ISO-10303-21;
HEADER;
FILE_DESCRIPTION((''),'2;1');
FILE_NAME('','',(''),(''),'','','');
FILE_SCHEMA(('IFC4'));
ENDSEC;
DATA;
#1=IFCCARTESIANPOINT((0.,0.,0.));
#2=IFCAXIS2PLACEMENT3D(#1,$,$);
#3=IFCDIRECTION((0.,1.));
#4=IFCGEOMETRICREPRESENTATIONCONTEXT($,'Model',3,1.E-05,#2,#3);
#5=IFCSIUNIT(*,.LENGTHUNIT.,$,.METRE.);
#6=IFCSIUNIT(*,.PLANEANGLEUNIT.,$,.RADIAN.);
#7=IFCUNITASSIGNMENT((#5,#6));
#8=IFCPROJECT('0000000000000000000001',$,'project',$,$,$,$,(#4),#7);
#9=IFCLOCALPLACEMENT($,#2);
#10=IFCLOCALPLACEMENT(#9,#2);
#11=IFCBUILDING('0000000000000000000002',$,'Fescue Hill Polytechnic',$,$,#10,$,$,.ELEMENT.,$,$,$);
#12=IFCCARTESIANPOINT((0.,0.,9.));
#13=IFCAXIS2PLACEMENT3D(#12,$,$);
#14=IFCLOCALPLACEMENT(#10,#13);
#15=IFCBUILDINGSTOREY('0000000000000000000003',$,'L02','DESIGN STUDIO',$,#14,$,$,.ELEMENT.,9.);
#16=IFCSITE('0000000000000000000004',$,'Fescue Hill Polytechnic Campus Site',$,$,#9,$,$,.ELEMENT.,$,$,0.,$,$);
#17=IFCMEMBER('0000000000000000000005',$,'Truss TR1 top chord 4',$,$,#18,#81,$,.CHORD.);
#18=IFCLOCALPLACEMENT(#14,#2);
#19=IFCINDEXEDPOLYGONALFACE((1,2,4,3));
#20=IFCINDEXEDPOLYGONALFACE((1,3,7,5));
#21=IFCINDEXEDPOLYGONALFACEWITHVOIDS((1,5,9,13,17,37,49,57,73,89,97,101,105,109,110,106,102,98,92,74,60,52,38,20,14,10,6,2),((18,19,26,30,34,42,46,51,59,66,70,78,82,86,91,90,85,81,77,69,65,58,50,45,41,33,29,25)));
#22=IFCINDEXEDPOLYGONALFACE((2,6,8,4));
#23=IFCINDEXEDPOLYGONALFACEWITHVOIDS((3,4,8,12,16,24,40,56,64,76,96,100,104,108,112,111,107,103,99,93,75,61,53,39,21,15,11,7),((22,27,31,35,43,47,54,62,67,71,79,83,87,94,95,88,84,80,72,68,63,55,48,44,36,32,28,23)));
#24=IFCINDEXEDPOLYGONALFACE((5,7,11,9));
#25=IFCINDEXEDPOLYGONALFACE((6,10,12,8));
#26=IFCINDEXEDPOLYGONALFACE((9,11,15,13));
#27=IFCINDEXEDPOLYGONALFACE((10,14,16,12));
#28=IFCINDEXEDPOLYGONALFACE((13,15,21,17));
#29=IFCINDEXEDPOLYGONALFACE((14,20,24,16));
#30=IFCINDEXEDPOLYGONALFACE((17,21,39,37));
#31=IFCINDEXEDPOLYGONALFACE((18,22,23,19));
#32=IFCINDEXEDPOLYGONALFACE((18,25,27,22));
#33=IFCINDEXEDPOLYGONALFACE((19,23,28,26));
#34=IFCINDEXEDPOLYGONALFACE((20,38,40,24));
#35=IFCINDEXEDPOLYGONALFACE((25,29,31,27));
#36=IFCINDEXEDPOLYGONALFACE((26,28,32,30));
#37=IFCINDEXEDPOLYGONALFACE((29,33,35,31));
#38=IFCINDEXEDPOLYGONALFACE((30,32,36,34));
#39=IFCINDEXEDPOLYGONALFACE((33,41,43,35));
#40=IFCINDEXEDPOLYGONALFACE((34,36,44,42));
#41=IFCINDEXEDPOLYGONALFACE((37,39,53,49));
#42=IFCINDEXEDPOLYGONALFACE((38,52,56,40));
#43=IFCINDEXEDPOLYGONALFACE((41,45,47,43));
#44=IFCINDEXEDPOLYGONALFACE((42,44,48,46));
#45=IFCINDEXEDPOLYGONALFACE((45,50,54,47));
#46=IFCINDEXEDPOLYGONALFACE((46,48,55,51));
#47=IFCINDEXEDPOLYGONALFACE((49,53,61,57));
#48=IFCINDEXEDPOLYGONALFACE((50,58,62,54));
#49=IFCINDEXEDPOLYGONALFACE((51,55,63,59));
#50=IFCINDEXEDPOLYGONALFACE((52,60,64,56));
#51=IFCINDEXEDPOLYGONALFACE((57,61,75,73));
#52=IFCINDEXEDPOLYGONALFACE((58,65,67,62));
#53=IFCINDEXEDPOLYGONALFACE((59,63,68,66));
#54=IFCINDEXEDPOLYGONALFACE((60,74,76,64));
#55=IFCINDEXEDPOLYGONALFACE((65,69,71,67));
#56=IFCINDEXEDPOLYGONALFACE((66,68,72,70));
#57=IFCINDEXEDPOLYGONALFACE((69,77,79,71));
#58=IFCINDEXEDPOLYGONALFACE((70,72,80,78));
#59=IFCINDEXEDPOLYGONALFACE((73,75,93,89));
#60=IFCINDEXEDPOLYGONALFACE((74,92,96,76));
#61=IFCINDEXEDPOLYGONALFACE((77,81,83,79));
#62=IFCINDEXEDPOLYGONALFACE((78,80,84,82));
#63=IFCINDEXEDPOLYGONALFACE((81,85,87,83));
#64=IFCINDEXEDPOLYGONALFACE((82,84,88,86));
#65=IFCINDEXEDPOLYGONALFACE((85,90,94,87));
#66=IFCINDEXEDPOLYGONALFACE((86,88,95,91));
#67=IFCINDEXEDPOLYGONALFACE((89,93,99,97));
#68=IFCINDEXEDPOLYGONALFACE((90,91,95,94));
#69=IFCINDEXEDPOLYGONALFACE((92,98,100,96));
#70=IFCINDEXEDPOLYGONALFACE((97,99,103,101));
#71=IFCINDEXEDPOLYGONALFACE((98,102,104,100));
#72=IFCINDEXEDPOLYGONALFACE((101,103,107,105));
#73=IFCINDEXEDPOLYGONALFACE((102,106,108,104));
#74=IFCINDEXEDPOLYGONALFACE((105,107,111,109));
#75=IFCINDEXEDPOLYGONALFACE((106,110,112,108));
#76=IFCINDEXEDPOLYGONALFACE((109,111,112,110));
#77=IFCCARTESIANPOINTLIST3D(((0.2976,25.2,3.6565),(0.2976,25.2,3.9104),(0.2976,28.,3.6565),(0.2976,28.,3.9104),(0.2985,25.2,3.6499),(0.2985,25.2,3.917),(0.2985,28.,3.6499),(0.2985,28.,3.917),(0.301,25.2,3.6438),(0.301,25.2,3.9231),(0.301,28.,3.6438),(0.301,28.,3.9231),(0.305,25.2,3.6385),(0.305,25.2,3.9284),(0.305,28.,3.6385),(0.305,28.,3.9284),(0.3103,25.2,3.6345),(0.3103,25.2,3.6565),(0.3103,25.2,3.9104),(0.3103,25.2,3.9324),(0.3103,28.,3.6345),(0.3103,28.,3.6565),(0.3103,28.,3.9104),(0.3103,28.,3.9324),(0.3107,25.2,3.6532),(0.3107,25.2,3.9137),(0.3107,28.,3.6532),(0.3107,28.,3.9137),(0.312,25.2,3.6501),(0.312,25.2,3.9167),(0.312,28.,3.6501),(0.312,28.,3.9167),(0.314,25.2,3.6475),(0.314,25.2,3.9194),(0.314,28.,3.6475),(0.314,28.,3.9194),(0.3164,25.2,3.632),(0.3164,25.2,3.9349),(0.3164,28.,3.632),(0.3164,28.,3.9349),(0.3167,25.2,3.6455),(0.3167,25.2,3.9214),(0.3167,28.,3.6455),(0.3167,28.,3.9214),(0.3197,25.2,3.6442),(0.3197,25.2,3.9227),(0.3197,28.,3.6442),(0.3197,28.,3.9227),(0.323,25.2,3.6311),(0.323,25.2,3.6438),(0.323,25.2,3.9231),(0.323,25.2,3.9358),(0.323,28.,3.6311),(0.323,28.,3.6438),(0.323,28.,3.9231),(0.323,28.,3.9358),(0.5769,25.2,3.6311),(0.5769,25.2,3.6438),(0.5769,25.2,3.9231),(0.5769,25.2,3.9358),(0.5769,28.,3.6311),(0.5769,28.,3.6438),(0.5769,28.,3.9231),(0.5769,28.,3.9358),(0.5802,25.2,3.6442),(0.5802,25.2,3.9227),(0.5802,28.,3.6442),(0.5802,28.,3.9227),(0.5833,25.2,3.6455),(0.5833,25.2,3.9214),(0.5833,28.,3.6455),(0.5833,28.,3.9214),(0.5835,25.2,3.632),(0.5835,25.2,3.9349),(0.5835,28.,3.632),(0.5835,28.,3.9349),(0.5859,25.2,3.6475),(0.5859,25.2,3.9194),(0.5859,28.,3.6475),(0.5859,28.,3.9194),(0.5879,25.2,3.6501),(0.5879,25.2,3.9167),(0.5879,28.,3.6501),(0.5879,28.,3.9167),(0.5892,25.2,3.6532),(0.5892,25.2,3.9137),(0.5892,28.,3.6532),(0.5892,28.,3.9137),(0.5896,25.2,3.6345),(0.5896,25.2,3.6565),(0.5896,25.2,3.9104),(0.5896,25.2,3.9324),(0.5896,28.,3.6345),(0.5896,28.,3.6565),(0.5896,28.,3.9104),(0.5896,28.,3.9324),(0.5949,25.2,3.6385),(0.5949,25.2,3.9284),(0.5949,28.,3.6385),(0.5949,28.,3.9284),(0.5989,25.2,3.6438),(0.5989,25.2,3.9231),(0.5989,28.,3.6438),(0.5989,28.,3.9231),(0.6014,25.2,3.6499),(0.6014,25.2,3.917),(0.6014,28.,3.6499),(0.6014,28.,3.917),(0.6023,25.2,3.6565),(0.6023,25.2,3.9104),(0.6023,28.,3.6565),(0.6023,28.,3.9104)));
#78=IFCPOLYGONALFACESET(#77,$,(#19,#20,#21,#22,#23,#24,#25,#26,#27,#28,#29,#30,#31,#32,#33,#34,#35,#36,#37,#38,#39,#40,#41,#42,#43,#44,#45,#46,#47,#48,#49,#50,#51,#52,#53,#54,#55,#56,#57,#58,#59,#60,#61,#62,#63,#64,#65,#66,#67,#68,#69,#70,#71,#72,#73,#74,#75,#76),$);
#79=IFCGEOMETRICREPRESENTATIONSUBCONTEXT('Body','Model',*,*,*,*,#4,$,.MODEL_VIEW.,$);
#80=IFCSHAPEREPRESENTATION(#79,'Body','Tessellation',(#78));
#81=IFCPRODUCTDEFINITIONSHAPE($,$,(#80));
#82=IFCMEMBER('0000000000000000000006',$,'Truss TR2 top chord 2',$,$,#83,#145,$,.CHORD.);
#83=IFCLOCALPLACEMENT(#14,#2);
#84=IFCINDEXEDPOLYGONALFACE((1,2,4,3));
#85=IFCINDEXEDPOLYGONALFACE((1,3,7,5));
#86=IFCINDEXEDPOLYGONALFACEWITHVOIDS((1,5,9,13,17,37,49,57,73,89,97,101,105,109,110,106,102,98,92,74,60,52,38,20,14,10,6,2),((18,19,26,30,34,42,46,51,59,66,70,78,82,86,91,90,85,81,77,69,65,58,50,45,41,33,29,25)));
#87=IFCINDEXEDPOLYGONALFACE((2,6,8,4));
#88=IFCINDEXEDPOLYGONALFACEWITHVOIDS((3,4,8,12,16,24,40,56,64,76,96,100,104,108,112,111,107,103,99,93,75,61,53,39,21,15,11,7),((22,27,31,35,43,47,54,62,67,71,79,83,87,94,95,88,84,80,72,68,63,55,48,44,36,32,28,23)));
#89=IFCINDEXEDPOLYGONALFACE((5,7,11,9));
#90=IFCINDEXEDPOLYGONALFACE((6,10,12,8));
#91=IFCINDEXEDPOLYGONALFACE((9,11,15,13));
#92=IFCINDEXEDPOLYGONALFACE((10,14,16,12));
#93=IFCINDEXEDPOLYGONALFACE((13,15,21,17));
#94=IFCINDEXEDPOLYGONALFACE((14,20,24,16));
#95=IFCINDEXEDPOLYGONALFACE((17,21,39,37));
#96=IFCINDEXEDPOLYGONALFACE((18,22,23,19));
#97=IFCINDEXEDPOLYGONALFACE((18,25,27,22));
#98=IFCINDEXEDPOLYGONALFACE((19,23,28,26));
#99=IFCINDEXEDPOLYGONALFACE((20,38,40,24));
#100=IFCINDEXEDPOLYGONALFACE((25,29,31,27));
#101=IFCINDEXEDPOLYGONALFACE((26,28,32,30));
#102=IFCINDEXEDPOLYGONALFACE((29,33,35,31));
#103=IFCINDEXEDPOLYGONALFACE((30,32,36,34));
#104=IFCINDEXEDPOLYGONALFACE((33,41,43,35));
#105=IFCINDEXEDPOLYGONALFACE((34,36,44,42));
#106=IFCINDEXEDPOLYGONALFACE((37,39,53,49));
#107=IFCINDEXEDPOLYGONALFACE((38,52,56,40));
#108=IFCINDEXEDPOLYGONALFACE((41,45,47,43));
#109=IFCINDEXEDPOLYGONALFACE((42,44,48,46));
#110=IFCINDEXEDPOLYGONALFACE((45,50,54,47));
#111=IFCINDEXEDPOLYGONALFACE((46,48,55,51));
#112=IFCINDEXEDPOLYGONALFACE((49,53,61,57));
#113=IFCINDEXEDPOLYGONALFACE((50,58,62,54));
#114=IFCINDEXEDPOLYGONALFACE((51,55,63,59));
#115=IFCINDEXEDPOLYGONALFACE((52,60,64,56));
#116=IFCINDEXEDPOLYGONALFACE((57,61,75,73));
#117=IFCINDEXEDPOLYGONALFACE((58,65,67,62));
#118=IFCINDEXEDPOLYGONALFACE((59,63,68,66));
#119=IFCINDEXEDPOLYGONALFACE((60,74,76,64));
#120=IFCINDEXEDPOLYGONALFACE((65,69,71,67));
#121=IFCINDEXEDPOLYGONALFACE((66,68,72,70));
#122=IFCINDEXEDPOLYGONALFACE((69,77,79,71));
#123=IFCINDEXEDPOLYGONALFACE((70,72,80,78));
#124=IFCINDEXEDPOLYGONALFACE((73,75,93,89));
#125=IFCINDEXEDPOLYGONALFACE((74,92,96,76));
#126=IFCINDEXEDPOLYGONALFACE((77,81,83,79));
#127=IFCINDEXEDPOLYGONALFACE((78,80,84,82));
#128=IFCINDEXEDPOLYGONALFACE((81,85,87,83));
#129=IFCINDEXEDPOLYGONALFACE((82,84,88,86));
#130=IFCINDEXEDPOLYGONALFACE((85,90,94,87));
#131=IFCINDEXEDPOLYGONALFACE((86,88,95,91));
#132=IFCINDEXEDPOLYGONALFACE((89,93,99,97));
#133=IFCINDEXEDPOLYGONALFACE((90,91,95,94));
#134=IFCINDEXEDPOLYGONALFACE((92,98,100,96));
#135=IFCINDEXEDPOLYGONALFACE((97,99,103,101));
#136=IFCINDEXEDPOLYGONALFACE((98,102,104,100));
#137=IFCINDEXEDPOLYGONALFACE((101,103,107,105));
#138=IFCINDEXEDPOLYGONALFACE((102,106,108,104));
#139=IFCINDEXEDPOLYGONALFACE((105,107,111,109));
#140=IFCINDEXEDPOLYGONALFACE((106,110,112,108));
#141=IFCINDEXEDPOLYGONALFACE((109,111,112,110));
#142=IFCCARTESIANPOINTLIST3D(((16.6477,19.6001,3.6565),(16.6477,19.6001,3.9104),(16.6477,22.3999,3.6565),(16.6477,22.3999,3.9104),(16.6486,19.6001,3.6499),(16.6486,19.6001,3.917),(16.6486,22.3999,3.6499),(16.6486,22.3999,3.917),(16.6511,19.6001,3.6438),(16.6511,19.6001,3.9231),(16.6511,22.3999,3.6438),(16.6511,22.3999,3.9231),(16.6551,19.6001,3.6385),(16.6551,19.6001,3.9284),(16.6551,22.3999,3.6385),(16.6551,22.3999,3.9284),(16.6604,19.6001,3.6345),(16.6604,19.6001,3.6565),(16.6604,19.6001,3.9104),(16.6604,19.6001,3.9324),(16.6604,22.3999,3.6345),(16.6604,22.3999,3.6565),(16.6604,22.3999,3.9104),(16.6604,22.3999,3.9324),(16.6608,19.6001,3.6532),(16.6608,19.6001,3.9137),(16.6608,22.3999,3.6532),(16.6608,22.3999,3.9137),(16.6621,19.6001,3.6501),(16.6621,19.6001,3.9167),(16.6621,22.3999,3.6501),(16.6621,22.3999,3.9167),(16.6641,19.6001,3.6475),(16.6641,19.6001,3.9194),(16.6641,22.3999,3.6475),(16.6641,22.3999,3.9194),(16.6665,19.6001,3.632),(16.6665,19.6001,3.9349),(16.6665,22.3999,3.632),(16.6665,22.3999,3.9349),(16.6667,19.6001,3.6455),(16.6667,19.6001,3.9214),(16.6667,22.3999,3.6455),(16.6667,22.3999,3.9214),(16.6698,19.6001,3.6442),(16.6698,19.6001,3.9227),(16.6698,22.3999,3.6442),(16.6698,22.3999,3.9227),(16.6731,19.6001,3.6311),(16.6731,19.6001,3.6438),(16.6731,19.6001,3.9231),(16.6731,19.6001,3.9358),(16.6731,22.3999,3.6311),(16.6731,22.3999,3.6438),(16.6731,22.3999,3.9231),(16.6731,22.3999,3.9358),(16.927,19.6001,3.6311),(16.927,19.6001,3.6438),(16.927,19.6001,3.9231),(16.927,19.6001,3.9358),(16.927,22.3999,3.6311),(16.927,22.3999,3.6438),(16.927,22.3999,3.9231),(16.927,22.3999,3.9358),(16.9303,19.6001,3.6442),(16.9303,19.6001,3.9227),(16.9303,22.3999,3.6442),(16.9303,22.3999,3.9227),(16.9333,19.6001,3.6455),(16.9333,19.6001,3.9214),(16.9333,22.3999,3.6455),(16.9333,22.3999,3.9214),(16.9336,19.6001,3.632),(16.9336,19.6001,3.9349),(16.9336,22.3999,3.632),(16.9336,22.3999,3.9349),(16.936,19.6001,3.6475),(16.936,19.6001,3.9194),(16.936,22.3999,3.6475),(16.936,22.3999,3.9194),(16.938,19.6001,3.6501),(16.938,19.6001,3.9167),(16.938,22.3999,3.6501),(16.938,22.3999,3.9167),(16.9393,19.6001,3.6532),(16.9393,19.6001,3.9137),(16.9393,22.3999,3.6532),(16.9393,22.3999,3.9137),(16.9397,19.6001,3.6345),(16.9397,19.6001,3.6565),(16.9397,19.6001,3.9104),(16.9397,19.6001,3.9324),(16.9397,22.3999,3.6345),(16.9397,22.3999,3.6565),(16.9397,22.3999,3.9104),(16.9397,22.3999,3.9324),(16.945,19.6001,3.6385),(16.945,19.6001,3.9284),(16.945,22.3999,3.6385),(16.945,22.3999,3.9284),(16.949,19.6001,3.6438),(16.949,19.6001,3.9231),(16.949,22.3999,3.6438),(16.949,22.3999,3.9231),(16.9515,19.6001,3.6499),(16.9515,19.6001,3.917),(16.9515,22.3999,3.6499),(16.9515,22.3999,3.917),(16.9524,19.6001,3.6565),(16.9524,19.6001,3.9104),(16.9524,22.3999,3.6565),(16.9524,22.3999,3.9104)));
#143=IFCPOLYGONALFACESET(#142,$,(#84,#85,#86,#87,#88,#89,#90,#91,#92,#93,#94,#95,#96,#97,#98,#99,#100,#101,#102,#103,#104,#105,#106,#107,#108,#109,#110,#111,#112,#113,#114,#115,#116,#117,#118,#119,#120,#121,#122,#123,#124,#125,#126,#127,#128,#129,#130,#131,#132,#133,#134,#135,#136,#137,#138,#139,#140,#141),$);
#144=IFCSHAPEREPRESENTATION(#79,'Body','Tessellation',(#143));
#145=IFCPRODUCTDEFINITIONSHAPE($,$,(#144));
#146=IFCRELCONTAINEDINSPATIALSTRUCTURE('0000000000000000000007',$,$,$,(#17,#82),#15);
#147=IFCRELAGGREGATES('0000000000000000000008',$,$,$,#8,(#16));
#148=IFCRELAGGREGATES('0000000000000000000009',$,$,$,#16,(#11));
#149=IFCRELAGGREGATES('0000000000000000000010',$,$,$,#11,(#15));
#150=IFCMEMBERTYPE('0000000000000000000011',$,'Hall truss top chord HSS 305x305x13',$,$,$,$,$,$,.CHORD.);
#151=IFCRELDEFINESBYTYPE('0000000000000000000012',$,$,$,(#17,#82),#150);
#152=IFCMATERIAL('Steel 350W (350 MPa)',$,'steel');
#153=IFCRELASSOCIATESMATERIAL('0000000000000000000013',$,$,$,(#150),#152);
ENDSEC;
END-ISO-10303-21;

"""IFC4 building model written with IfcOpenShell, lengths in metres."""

from ifc_helpers import new_model, si_unit, direction, frame, origin, origin_2d, place, context, subcontext, project, spatial, hollow_rectangle, extrude, material, material_profile, profile_set, type_object, element, save


model = new_model("IFC4")

# Units and contexts
model_context = context("Model", 3, precision=1e-05, world=origin(), true_north=direction((0.0, 1.0)))
body_context = subcontext(model_context, "Body", "Model", "MODEL_VIEW")
ifc_project = project(units=[si_unit("LENGTHUNIT", "METRE"), si_unit("PLANEANGLEUNIT", "RADIAN")], contexts=[model_context])

# Site, building, storey
site_placement = place(None, origin())
site = spatial("IfcSite", under=ifc_project, at=site_placement, Name="Fescue Hill Polytechnic Campus Site", CompositionType="ELEMENT", RefElevation=0.0)
building_placement = place(site_placement, origin())
building = spatial("IfcBuilding", under=site, at=building_placement, Name="Fescue Hill Polytechnic", CompositionType="ELEMENT")
storey_placement = place(building_placement, frame((0.0, 0.0, 9.0)))
storey = spatial("IfcBuildingStorey", under=building, at=storey_placement, Name="L02", Description="DESIGN STUDIO", CompositionType="ELEMENT", Elevation=9.0)

# Members
ifc_material_1 = material(Name="Steel 350W (350 MPa)", Category="steel")
ifc_material_profile_1 = material_profile(ifc_material_1, hollow_rectangle(XDim=0.3047, YDim=0.3047, WallThickness=0.0127, InnerFilletRadius=0.0127, OuterFilletRadius=0.0254, at=origin_2d()), Name="Hall truss top chord HSS 305x305x13")
ifc_profile_set_1 = profile_set([ifc_material_profile_1], Name="Steel 350W (350 MPa)")
member_type_1 = type_object("IfcMemberType", Name="Hall truss top chord HSS 305x305x13", PredefinedType="CHORD", material=ifc_profile_set_1)
for number, where, z_axis, x_axis, name in (
    (1, (0.45, 25.2, 3.7834), (0.0, 1.0, 0.0), (-1.0, 0.0, 0.0), "Truss TR1 top chord 4"),
):
    element("IfcMember", number, at=place(storey_placement, frame(where, z_axis=z_axis, x_axis=x_axis)), inside=storey, type_object=member_type_1, Name=name, PredefinedType="CHORD", context=body_context, shape_type="SweptSolid", body=[
        extrude(hollow_rectangle(XDim=0.3047, YDim=0.3047, WallThickness=0.0127, InnerFilletRadius=0.0127, OuterFilletRadius=0.0254, at=origin_2d()), origin(), (0.0, 0.0, 1.0), 2.8),
    ])
member_1_placement = place(storey_placement, frame((16.8, 19.6001, 3.7834), z_axis=(0.0, 1.0, 0.0), x_axis=(-1.0, 0.0, 0.0)))
element("IfcMember", 2, at=member_1_placement, inside=storey, type_object=member_type_1, Name="Truss TR2 top chord 2", PredefinedType="CHORD", context=body_context, shape_type="SweptSolid", body=[
    extrude(hollow_rectangle(XDim=0.3047, YDim=0.3047, WallThickness=0.0127, InnerFilletRadius=0.0127, OuterFilletRadius=0.0254, at=origin_2d()), origin(), (0.0, 0.0, 1.0), 2.7998),
])

save(model, "model.ifc")
